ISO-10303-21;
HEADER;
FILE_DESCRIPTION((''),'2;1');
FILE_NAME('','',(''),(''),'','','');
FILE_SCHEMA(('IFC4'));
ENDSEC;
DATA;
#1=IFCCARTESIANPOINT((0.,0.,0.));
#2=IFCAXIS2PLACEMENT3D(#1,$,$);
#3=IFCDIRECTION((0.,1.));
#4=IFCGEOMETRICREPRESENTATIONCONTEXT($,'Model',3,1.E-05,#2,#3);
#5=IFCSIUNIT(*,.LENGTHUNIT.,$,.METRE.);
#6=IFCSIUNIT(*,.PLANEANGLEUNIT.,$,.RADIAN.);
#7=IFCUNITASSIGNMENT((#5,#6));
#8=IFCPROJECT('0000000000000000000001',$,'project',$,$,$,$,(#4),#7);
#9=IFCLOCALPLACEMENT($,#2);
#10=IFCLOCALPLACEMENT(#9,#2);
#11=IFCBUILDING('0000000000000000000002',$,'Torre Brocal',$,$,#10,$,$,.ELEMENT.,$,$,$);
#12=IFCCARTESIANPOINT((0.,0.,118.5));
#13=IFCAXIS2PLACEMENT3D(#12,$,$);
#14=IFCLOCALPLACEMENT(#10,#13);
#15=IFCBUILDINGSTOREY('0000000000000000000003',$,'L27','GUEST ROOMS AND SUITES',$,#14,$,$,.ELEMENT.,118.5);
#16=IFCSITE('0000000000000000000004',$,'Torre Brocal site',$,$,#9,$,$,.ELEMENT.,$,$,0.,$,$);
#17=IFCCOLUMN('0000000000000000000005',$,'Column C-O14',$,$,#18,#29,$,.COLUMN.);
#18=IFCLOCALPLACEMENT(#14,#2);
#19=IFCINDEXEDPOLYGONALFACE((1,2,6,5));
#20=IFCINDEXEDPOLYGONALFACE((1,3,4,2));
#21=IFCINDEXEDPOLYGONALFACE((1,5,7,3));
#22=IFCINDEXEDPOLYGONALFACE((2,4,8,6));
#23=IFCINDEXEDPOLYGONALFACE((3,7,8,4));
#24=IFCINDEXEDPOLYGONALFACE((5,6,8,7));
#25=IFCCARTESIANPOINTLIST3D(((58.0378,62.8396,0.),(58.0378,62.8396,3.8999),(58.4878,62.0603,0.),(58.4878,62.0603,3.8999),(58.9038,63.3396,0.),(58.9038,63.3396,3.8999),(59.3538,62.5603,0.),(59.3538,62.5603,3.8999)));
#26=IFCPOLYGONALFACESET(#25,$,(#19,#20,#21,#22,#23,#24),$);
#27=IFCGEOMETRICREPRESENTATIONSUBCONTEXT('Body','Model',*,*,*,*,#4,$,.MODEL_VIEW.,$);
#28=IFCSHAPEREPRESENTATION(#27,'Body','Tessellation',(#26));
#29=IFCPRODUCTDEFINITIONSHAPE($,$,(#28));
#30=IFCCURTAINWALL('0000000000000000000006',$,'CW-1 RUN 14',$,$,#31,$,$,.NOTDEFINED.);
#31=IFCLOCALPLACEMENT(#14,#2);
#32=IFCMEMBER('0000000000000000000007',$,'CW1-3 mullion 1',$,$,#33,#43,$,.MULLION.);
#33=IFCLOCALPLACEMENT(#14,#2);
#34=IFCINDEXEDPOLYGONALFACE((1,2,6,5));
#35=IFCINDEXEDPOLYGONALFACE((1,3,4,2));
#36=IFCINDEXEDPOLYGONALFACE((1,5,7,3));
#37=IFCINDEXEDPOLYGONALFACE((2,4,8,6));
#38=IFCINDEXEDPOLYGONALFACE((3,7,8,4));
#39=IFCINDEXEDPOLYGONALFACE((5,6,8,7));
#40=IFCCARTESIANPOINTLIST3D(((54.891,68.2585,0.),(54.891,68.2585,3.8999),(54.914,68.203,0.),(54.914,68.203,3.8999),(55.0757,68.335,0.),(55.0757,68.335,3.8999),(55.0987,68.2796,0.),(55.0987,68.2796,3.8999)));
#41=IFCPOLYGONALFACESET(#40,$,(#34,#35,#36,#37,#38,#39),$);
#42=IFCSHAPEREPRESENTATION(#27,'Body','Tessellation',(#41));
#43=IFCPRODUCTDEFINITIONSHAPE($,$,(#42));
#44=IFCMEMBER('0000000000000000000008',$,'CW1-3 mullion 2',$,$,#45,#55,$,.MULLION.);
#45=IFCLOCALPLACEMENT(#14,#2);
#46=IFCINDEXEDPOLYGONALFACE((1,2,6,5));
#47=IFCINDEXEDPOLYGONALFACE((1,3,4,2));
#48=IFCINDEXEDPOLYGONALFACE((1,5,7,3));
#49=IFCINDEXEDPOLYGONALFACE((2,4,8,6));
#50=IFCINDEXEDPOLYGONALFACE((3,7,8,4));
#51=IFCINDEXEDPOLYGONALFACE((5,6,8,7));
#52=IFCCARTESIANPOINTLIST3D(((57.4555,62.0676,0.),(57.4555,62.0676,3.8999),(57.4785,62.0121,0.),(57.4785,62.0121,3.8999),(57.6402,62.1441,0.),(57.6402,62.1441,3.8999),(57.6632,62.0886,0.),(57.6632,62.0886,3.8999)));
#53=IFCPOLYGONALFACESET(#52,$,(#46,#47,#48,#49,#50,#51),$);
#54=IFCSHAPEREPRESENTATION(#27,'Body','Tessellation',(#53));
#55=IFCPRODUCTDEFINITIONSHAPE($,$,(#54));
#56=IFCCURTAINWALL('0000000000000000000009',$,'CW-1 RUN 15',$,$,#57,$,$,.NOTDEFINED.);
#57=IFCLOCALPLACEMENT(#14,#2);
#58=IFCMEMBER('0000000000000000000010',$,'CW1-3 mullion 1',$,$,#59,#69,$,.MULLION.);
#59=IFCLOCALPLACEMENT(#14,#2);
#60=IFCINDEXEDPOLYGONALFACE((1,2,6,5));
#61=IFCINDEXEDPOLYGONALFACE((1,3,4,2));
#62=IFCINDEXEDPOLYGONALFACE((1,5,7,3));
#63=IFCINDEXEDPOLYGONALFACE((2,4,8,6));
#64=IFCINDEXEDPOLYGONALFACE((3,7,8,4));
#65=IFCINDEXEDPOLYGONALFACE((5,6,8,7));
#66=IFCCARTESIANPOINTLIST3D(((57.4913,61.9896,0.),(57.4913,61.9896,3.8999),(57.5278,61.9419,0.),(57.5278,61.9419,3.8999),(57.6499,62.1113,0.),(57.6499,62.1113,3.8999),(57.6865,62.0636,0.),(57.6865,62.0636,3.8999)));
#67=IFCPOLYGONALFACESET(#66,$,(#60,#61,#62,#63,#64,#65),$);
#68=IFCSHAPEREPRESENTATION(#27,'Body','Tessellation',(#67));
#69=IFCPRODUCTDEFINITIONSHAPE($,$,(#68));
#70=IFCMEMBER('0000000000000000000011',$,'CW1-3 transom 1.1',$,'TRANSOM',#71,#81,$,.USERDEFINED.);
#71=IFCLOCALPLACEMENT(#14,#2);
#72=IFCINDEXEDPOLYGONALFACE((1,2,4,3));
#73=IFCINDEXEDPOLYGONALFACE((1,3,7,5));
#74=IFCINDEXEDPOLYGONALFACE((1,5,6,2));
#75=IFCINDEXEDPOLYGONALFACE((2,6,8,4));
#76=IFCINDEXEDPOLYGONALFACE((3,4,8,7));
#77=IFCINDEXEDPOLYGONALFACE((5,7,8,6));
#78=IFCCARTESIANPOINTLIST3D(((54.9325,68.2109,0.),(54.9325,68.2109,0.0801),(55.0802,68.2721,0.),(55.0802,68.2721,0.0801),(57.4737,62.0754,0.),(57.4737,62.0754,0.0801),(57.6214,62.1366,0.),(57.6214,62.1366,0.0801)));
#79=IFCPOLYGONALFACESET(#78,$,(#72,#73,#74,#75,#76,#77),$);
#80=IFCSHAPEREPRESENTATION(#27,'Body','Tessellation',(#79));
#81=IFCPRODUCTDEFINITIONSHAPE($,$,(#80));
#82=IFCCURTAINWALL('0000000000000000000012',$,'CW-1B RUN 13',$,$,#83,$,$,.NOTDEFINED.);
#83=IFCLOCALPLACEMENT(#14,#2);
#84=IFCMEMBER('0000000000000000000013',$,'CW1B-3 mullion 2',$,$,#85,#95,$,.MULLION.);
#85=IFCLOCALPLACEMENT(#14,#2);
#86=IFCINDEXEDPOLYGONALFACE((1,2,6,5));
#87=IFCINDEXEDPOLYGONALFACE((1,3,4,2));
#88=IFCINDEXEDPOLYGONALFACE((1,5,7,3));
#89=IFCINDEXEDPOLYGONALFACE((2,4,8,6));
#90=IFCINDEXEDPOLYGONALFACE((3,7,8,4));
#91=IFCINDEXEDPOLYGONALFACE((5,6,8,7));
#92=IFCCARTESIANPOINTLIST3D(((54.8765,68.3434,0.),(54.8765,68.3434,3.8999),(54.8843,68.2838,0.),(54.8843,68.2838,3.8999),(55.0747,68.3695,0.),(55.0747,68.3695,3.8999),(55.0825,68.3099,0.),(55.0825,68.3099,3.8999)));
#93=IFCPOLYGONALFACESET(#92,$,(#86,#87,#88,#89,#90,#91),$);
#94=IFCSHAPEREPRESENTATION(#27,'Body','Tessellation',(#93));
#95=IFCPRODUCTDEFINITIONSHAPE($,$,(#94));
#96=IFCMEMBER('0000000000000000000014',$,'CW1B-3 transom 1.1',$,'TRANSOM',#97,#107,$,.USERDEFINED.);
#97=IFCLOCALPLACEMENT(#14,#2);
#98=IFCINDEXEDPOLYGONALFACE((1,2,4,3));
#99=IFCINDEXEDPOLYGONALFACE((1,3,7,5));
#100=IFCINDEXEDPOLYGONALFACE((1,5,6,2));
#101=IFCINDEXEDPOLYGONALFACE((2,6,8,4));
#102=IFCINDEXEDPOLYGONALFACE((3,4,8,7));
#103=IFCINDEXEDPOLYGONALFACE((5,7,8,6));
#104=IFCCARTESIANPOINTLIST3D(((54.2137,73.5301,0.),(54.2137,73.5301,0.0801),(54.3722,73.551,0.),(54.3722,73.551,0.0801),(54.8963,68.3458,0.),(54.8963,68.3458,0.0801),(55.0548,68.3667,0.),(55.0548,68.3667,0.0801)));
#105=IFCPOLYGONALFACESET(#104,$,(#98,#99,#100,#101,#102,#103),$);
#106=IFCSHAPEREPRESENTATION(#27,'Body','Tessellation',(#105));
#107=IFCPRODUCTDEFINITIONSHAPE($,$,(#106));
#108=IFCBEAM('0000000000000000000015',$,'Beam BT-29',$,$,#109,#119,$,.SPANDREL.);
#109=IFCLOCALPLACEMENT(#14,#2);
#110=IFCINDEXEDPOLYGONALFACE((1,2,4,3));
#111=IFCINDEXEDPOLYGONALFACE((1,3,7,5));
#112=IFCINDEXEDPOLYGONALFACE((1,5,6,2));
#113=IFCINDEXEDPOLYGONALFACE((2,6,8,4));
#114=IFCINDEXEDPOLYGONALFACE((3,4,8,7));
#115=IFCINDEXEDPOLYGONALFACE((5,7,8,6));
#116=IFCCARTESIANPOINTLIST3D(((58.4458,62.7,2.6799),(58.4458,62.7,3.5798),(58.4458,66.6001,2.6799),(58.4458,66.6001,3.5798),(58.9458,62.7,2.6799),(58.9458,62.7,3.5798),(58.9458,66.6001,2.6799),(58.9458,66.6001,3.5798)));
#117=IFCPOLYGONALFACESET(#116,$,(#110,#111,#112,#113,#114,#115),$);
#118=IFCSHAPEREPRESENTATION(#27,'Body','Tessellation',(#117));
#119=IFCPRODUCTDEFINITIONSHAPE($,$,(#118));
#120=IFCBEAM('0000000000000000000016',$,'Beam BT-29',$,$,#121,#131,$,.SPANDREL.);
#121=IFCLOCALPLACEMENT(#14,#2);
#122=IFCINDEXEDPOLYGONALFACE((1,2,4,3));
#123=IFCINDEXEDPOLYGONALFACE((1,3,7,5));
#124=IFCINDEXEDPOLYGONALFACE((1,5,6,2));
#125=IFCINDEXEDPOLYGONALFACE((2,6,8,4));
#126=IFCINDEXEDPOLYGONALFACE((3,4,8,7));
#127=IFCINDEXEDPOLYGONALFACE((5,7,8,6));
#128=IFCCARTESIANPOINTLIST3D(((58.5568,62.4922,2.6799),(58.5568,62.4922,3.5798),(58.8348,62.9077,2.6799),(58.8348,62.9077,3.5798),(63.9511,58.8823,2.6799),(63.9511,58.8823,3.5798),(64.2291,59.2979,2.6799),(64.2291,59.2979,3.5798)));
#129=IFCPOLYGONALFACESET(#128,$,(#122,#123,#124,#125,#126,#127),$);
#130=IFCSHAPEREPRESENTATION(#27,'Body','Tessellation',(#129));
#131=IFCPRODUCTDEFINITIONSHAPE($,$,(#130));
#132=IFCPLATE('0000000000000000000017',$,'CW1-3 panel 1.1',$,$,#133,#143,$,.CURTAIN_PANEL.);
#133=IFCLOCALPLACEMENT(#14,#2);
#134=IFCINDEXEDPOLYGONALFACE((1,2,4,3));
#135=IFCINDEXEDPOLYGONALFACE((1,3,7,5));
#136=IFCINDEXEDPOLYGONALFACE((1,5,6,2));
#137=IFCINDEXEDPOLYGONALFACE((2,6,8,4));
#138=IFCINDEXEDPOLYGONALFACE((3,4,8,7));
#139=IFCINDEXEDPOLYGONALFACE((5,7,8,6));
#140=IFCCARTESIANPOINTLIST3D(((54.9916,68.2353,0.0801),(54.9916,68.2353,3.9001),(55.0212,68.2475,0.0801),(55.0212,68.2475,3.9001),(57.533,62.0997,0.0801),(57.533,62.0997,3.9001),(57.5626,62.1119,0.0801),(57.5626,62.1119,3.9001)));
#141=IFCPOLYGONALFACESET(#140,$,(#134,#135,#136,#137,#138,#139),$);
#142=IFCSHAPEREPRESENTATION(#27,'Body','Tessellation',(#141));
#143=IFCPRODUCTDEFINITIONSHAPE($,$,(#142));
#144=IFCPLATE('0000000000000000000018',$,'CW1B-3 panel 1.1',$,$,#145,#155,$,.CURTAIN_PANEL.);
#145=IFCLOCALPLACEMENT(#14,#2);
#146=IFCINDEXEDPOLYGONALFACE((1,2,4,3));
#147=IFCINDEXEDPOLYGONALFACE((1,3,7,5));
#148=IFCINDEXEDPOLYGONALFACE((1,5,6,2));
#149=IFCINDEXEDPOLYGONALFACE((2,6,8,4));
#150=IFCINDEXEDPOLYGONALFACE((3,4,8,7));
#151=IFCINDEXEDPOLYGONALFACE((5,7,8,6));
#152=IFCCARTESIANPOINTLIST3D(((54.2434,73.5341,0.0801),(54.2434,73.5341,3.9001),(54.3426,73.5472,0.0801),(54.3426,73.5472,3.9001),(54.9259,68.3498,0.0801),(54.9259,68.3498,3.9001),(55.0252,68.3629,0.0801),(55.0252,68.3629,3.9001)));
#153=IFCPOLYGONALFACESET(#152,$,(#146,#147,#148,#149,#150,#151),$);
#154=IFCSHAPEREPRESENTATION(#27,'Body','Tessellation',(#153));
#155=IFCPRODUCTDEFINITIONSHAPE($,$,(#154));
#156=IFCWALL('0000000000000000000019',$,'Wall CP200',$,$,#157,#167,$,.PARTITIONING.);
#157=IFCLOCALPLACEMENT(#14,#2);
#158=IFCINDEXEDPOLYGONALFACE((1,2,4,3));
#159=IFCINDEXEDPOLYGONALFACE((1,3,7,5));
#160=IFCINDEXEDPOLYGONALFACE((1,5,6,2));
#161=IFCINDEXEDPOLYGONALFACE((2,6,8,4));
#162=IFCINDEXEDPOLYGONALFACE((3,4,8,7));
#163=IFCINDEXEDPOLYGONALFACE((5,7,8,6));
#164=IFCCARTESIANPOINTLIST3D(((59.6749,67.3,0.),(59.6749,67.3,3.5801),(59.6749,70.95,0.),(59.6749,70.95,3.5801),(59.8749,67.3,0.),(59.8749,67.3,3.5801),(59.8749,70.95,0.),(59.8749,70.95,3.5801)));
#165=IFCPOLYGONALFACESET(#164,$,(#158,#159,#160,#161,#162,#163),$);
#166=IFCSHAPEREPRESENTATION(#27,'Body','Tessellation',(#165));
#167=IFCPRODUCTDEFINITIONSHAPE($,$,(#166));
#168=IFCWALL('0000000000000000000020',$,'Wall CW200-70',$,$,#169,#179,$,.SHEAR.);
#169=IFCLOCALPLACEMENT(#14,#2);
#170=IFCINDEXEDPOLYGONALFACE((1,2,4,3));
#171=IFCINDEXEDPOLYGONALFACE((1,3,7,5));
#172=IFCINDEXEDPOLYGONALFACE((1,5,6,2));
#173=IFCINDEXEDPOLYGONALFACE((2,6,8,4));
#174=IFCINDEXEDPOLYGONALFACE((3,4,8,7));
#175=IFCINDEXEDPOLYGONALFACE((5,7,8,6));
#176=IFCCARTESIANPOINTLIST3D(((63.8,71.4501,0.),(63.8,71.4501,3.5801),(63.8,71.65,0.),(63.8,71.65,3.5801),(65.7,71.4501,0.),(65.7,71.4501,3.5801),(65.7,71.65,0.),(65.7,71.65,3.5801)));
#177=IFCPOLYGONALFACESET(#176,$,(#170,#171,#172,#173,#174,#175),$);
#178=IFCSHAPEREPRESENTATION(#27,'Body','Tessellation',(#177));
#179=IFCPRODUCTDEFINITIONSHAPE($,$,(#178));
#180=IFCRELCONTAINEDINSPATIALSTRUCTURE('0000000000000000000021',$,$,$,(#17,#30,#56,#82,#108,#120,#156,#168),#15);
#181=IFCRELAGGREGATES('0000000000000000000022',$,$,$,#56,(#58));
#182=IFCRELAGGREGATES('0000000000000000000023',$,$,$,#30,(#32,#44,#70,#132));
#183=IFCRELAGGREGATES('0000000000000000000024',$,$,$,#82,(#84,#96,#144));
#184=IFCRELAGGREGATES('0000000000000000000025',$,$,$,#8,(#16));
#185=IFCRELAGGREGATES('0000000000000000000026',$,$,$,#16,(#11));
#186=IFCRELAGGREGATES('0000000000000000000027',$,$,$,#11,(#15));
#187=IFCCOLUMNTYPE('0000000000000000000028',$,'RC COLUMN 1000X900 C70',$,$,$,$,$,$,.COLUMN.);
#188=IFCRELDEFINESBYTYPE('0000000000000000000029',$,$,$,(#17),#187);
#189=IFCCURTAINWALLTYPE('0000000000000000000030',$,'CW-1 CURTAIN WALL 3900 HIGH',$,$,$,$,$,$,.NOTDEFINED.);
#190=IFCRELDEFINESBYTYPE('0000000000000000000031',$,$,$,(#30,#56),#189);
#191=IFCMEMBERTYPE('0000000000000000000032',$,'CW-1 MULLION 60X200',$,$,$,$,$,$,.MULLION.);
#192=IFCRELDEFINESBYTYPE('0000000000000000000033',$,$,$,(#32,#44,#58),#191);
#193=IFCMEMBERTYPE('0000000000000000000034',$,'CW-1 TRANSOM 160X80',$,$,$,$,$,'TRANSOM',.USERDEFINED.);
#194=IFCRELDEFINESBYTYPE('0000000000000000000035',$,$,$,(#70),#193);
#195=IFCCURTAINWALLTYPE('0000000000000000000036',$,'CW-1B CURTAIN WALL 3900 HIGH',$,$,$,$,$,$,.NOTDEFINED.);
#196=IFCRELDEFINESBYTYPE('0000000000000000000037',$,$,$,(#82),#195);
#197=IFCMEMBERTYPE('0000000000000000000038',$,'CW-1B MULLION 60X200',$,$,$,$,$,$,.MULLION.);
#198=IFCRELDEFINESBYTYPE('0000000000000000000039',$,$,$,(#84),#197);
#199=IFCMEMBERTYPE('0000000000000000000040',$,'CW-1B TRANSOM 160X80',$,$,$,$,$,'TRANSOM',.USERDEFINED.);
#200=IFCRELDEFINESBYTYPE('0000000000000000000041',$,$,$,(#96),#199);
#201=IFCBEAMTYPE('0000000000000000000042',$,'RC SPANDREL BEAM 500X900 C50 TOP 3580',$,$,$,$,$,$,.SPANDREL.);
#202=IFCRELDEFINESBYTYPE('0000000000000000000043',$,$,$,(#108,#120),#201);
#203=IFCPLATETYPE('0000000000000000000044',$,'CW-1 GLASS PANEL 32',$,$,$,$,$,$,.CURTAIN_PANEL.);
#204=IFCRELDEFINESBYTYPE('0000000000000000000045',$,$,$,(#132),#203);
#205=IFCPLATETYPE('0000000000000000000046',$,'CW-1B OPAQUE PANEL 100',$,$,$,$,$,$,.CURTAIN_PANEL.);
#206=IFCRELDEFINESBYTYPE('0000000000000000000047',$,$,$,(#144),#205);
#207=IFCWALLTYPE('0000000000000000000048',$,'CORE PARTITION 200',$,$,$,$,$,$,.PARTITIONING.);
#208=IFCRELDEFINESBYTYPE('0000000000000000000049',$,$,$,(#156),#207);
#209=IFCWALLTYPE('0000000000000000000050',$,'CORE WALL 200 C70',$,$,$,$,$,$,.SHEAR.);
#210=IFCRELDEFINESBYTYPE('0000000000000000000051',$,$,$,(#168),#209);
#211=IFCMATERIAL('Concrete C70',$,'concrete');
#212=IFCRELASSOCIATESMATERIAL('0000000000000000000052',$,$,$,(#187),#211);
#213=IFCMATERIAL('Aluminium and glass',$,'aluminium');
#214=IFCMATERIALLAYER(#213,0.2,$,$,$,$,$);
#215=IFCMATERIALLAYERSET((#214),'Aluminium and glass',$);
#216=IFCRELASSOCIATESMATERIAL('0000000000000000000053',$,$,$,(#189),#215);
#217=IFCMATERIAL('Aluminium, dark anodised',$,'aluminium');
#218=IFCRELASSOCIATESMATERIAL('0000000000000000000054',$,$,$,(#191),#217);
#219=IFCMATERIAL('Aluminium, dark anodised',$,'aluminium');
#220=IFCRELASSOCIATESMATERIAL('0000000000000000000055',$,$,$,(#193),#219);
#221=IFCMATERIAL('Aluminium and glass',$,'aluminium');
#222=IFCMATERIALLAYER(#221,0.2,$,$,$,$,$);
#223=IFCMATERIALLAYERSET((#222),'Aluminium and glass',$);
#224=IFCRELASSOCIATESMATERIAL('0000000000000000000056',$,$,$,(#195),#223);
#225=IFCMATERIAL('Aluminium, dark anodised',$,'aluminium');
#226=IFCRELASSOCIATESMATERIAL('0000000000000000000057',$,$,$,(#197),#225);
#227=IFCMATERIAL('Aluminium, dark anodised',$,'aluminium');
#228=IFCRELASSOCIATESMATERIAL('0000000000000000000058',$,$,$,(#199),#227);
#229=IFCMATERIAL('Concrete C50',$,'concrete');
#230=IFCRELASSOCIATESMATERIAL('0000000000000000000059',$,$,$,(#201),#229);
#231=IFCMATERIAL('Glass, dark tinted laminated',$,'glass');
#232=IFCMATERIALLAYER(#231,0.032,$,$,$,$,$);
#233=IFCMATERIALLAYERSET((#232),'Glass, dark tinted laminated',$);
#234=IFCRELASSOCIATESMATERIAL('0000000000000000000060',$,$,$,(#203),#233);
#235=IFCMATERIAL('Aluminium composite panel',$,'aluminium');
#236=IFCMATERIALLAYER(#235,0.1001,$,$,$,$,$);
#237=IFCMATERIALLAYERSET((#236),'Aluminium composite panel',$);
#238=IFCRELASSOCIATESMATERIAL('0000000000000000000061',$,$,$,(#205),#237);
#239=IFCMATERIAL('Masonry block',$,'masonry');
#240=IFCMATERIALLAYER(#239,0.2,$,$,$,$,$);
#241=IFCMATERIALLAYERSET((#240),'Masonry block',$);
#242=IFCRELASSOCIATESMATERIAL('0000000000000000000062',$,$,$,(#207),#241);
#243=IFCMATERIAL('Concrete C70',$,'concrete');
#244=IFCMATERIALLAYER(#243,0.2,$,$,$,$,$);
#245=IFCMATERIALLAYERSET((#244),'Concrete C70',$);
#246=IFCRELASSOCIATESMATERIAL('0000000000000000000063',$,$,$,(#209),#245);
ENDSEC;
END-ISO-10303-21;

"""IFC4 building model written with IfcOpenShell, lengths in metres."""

from ifc_helpers import new_model, si_unit, direction, frame, frame_2d, origin, origin_2d, place, context, subcontext, project, spatial, rectangle, extrude, material, layer, layer_set, material_profile, profile_set, type_object, element, aggregate, save


model = new_model("IFC4")

# Units and contexts
model_context = context("Model", 3, precision=1e-05, world=origin(), true_north=direction((0.0, 1.0)))
body_context = subcontext(model_context, "Body", "Model", "MODEL_VIEW")
ifc_project = project(units=[si_unit("LENGTHUNIT", "METRE"), si_unit("PLANEANGLEUNIT", "RADIAN")], contexts=[model_context])

# Site, building, storey
site_placement = place(None, origin())
site = spatial("IfcSite", under=ifc_project, at=site_placement, Name="Torre Brocal site", CompositionType="ELEMENT", RefElevation=0.0)
building_placement = place(site_placement, origin())
building = spatial("IfcBuilding", under=site, at=building_placement, Name="Torre Brocal", CompositionType="ELEMENT")
storey_placement = place(building_placement, frame((0.0, 0.0, 118.5)))
storey = spatial("IfcBuildingStorey", under=building, at=storey_placement, Name="L27", Description="GUEST ROOMS AND SUITES", CompositionType="ELEMENT", Elevation=118.5)

# Column
ifc_material_1 = material(Name="Concrete C70", Category="concrete")
ifc_material_profile_1 = material_profile(ifc_material_1, rectangle(XDim=1.0, YDim=0.8999, at=origin_2d()), Name="RC 1000X900")
ifc_profile_set_1 = profile_set([ifc_material_profile_1], Name="Concrete C70")
column_type = type_object("IfcColumnType", Name="RC COLUMN 1000X900 C70", PredefinedType="COLUMN", material=ifc_profile_set_1)
column_placement = place(storey_placement, frame((58.6958, 62.7, 0.0), z_axis=(0.0, 0.0, 1.0), x_axis=(-0.866025, -0.5, 0.0)))
element("IfcColumn", 1, at=column_placement, inside=storey, type_object=column_type, Name="Column C-O14", PredefinedType="COLUMN", context=body_context, shape_type="SweptSolid", body=[
    extrude(rectangle(XDim=1.0, YDim=0.8999, at=origin_2d()), origin(), (0.0, 0.0, 1.0), 3.8999),
])

# Curtain wall, members
ifc_material_2 = material(Name="Aluminium and glass", Category="aluminium")
ifc_layer_1 = layer(ifc_material_2, 0.2)
ifc_layer_set_1 = layer_set([ifc_layer_1], Name="Aluminium and glass")
curtain_wall_type_1 = type_object("IfcCurtainWallType", Name="CW-1 CURTAIN WALL 3900 HIGH", PredefinedType="NOTDEFINED", material=ifc_layer_set_1)
curtain_wall_1_placement = place(storey_placement, origin())
curtain_wall_1 = element("IfcCurtainWall", 2, at=curtain_wall_1_placement, inside=storey, type_object=curtain_wall_type_1, Name="CW-1 RUN 14", PredefinedType="NOTDEFINED")
ifc_material_3 = material(Name="Aluminium, dark anodised", Category="aluminium")
ifc_material_profile_2 = material_profile(ifc_material_3, rectangle(XDim=0.2, YDim=0.0601, at=origin_2d()), Name="CW-1 MULLION 60X200")
ifc_profile_set_2 = profile_set([ifc_material_profile_2], Name="Aluminium, dark anodised")
member_type_1 = type_object("IfcMemberType", Name="CW-1 MULLION 60X200", PredefinedType="MULLION", material=ifc_profile_set_2)
member_1_placement = place(storey_placement, frame((54.9949, 68.269, 0.0), z_axis=(0.0, 0.0, 1.0), x_axis=(0.92388, 0.382683, 0.0)))
member_1 = element("IfcMember", 3, at=member_1_placement, type_object=member_type_1, Name="CW1-3 mullion 1", PredefinedType="MULLION", context=body_context, shape_type="SweptSolid", body=[
    extrude(rectangle(XDim=0.2, YDim=0.0601, at=origin_2d()), origin(), (0.0, 0.0, 1.0), 3.8999),
])
member_2_placement = place(storey_placement, frame((57.5593, 62.0781, 0.0), z_axis=(0.0, 0.0, 1.0), x_axis=(0.92388, 0.382683, 0.0)))
member_2 = element("IfcMember", 4, at=member_2_placement, type_object=member_type_1, Name="CW1-3 mullion 2", PredefinedType="MULLION", context=body_context, shape_type="SweptSolid", body=[
    extrude(rectangle(XDim=0.2, YDim=0.0601, at=origin_2d()), origin(), (0.0, 0.0, 1.0), 3.8999),
])

# Curtain wall, member
curtain_wall_2_placement = place(storey_placement, origin())
curtain_wall_2 = element("IfcCurtainWall", 5, at=curtain_wall_2_placement, inside=storey, type_object=curtain_wall_type_1, Name="CW-1 RUN 15", PredefinedType="NOTDEFINED")
member_3_placement = place(storey_placement, frame((57.5889, 62.0266, 0.0), z_axis=(0.0, 0.0, 1.0), x_axis=(0.793353, 0.608761, 0.0)))
member_3 = element("IfcMember", 6, at=member_3_placement, type_object=member_type_1, Name="CW1-3 mullion 1", PredefinedType="MULLION", context=body_context, shape_type="SweptSolid", body=[
    extrude(rectangle(XDim=0.2, YDim=0.0601, at=origin_2d()), origin(), (0.0, 0.0, 1.0), 3.8999),
])
aggregate(curtain_wall_2, [member_3])

# Member
ifc_material_4 = material(Name="Aluminium, dark anodised", Category="aluminium")
ifc_material_profile_3 = material_profile(ifc_material_4, rectangle(XDim=0.1599, YDim=0.0801, at=origin_2d()), Name="CW-1 TRANSOM 160X80")
ifc_profile_set_3 = profile_set([ifc_material_profile_3], Name="Aluminium, dark anodised")
member_type_2 = type_object("IfcMemberType", Name="CW-1 TRANSOM 160X80", ElementType="TRANSOM", PredefinedType="USERDEFINED", material=ifc_profile_set_3)
member_4_placement = place(storey_placement, frame((55.0063, 68.2415, 0.04), z_axis=(0.382665, -0.923887, 0.0), x_axis=(0.923887, 0.382665, 0.0)))
member_4 = element("IfcMember", 7, at=member_4_placement, type_object=member_type_2, Name="CW1-3 transom 1.1", ObjectType="TRANSOM", PredefinedType="USERDEFINED", context=body_context, shape_type="SweptSolid", body=[
    extrude(rectangle(XDim=0.1599, YDim=0.0801, at=origin_2d()), origin(), (0.0, 0.0, 1.0), 6.6409),
])

# Curtain wall, members
ifc_material_5 = material(Name="Aluminium and glass", Category="aluminium")
ifc_layer_2 = layer(ifc_material_5, 0.2)
ifc_layer_set_2 = layer_set([ifc_layer_2], Name="Aluminium and glass")
curtain_wall_type_2 = type_object("IfcCurtainWallType", Name="CW-1B CURTAIN WALL 3900 HIGH", PredefinedType="NOTDEFINED", material=ifc_layer_set_2)
curtain_wall_3_placement = place(storey_placement, origin())
curtain_wall_3 = element("IfcCurtainWall", 8, at=curtain_wall_3_placement, inside=storey, type_object=curtain_wall_type_2, Name="CW-1B RUN 13", PredefinedType="NOTDEFINED")
ifc_material_6 = material(Name="Aluminium, dark anodised", Category="aluminium")
ifc_material_profile_4 = material_profile(ifc_material_6, rectangle(XDim=0.2, YDim=0.0601, at=origin_2d()), Name="CW-1B MULLION 60X200")
ifc_profile_set_4 = profile_set([ifc_material_profile_4], Name="Aluminium, dark anodised")
member_type_3 = type_object("IfcMemberType", Name="CW-1B MULLION 60X200", PredefinedType="MULLION", material=ifc_profile_set_4)
member_5_placement = place(storey_placement, frame((54.9795, 68.3267, 0.0), z_axis=(0.0, 0.0, 1.0), x_axis=(0.991445, 0.130526, 0.0)))
member_5 = element("IfcMember", 9, at=member_5_placement, type_object=member_type_3, Name="CW1B-3 mullion 2", PredefinedType="MULLION", context=body_context, shape_type="SweptSolid", body=[
    extrude(rectangle(XDim=0.2, YDim=0.0601, at=origin_2d()), origin(), (0.0, 0.0, 1.0), 3.8999),
])
ifc_material_7 = material(Name="Aluminium, dark anodised", Category="aluminium")
ifc_material_profile_5 = material_profile(ifc_material_7, rectangle(XDim=0.1599, YDim=0.0801, at=origin_2d()), Name="CW-1B TRANSOM 160X80")
ifc_profile_set_5 = profile_set([ifc_material_profile_5], Name="Aluminium, dark anodised")
member_type_4 = type_object("IfcMemberType", Name="CW-1B TRANSOM 160X80", ElementType="TRANSOM", PredefinedType="USERDEFINED", material=ifc_profile_set_5)
member_6_placement = place(storey_placement, frame((54.293, 73.5405, 0.04), z_axis=(0.130543, -0.991443, 0.0), x_axis=(0.991443, 0.130543, 0.0)))
member_6 = element("IfcMember", 10, at=member_6_placement, type_object=member_type_4, Name="CW1B-3 transom 1.1", ObjectType="TRANSOM", PredefinedType="USERDEFINED", context=body_context, shape_type="SweptSolid", body=[
    extrude(rectangle(XDim=0.1599, YDim=0.0801, at=origin_2d()), origin(), (0.0, 0.0, 1.0), 5.229),
])

# Beams
ifc_material_8 = material(Name="Concrete C50", Category="concrete")
ifc_material_profile_6 = material_profile(ifc_material_8, rectangle(XDim=0.5, YDim=0.8999, at=origin_2d()), Name="RC 500X900")
ifc_profile_set_6 = profile_set([ifc_material_profile_6], Name="Concrete C50")
beam_type = type_object("IfcBeamType", Name="RC SPANDREL BEAM 500X900 C50 TOP 3580", PredefinedType="SPANDREL", material=ifc_profile_set_6)
beam_1_placement = place(storey_placement, frame((58.6958, 62.7, 3.1299), z_axis=(0.0, 1.0, 0.0), x_axis=(-1.0, 0.0, 0.0)))
element("IfcBeam", 11, at=beam_1_placement, inside=storey, type_object=beam_type, Name="Beam BT-29", PredefinedType="SPANDREL", context=body_context, shape_type="SweptSolid", body=[
    extrude(rectangle(XDim=0.5, YDim=0.8999, at=origin_2d()), origin(), (0.0, 0.0, 1.0), 3.9001),
])
beam_2_placement = place(storey_placement, frame((58.6958, 62.7, 3.1299), z_axis=(0.831077, -0.556158, 0.0), x_axis=(0.556158, 0.831077, 0.0)))
element("IfcBeam", 12, at=beam_2_placement, inside=storey, type_object=beam_type, Name="Beam BT-29", PredefinedType="SPANDREL", context=body_context, shape_type="SweptSolid", body=[
    extrude(rectangle(XDim=0.5, YDim=0.8999, at=origin_2d()), origin(), (0.0, 0.0, 1.0), 6.4907),
])

# Plates
ifc_material_9 = material(Name="Glass, dark tinted laminated", Category="glass")
ifc_layer_3 = layer(ifc_material_9, 0.032)
ifc_layer_set_3 = layer_set([ifc_layer_3], Name="Glass, dark tinted laminated")
plate_type_1 = type_object("IfcPlateType", Name="CW-1 GLASS PANEL 32", PredefinedType="CURTAIN_PANEL", material=ifc_layer_set_3)
plate_1_placement = place(storey_placement, frame((56.2771, 65.1736, 0.0801), z_axis=(0.0, 0.0, 1.0), x_axis=(0.382683, -0.92388, 0.0)))
plate_1 = element("IfcPlate", 13, at=plate_1_placement, type_object=plate_type_1, Name="CW1-3 panel 1.1", PredefinedType="CURTAIN_PANEL", context=body_context, shape_type="SweptSolid", body=[
    extrude(rectangle(XDim=6.6411, YDim=0.032, at=origin_2d()), origin(), (0.0, 0.0, 1.0), 3.8201),
])
aggregate(curtain_wall_1, [member_1, member_2, member_4, plate_1])
ifc_material_10 = material(Name="Aluminium composite panel", Category="aluminium")
ifc_layer_4 = layer(ifc_material_10, 0.1001)
ifc_layer_set_4 = layer_set([ifc_layer_4], Name="Aluminium composite panel")
plate_type_2 = type_object("IfcPlateType", Name="CW-1B OPAQUE PANEL 100", PredefinedType="CURTAIN_PANEL", material=ifc_layer_set_4)
plate_2_placement = place(storey_placement, frame((54.6343, 70.9485, 0.0801), z_axis=(0.0, 0.0, 1.0), x_axis=(0.130526, -0.991445, 0.0)))
plate_2 = element("IfcPlate", 14, at=plate_2_placement, type_object=plate_type_2, Name="CW1B-3 panel 1.1", PredefinedType="CURTAIN_PANEL", context=body_context, shape_type="SweptSolid", body=[
    extrude(rectangle(XDim=5.229, YDim=0.1001, at=origin_2d()), origin(), (0.0, 0.0, 1.0), 3.8201),
])
aggregate(curtain_wall_3, [member_5, member_6, plate_2])

# Walls
ifc_material_11 = material(Name="Masonry block", Category="masonry")
ifc_layer_5 = layer(ifc_material_11, 0.2)
ifc_layer_set_5 = layer_set([ifc_layer_5], Name="Masonry block")
wall_type_1 = type_object("IfcWallType", Name="CORE PARTITION 200", PredefinedType="PARTITIONING", material=ifc_layer_set_5)
wall_1_placement = place(storey_placement, frame((59.7749, 70.95, 0.0), z_axis=(0.0, 0.0, 1.0), x_axis=(0.0, -1.0, 0.0)))
element("IfcWall", 15, at=wall_1_placement, inside=storey, type_object=wall_type_1, Name="Wall CP200", PredefinedType="PARTITIONING", context=body_context, shape_type="SweptSolid", body=[
    extrude(rectangle(XDim=3.6499, YDim=0.2, at=frame_2d((1.825, 0.0))), origin(), (0.0, 0.0, 1.0), 3.5801),
])
ifc_material_12 = material(Name="Concrete C70", Category="concrete")
ifc_layer_6 = layer(ifc_material_12, 0.2)
ifc_layer_set_6 = layer_set([ifc_layer_6], Name="Concrete C70")
wall_type_2 = type_object("IfcWallType", Name="CORE WALL 200 C70", PredefinedType="SHEAR", material=ifc_layer_set_6)
wall_2_placement = place(storey_placement, frame((65.7, 71.55, 0.0), z_axis=(0.0, 0.0, 1.0), x_axis=(-1.0, 0.0, 0.0)))
element("IfcWall", 16, at=wall_2_placement, inside=storey, type_object=wall_type_2, Name="Wall CW200-70", PredefinedType="SHEAR", context=body_context, shape_type="SweptSolid", body=[
    extrude(rectangle(XDim=1.8999, YDim=0.2, at=frame_2d((0.95, 0.0))), origin(), (0.0, 0.0, 1.0), 3.5801),
])

save(model, "model.ifc")
